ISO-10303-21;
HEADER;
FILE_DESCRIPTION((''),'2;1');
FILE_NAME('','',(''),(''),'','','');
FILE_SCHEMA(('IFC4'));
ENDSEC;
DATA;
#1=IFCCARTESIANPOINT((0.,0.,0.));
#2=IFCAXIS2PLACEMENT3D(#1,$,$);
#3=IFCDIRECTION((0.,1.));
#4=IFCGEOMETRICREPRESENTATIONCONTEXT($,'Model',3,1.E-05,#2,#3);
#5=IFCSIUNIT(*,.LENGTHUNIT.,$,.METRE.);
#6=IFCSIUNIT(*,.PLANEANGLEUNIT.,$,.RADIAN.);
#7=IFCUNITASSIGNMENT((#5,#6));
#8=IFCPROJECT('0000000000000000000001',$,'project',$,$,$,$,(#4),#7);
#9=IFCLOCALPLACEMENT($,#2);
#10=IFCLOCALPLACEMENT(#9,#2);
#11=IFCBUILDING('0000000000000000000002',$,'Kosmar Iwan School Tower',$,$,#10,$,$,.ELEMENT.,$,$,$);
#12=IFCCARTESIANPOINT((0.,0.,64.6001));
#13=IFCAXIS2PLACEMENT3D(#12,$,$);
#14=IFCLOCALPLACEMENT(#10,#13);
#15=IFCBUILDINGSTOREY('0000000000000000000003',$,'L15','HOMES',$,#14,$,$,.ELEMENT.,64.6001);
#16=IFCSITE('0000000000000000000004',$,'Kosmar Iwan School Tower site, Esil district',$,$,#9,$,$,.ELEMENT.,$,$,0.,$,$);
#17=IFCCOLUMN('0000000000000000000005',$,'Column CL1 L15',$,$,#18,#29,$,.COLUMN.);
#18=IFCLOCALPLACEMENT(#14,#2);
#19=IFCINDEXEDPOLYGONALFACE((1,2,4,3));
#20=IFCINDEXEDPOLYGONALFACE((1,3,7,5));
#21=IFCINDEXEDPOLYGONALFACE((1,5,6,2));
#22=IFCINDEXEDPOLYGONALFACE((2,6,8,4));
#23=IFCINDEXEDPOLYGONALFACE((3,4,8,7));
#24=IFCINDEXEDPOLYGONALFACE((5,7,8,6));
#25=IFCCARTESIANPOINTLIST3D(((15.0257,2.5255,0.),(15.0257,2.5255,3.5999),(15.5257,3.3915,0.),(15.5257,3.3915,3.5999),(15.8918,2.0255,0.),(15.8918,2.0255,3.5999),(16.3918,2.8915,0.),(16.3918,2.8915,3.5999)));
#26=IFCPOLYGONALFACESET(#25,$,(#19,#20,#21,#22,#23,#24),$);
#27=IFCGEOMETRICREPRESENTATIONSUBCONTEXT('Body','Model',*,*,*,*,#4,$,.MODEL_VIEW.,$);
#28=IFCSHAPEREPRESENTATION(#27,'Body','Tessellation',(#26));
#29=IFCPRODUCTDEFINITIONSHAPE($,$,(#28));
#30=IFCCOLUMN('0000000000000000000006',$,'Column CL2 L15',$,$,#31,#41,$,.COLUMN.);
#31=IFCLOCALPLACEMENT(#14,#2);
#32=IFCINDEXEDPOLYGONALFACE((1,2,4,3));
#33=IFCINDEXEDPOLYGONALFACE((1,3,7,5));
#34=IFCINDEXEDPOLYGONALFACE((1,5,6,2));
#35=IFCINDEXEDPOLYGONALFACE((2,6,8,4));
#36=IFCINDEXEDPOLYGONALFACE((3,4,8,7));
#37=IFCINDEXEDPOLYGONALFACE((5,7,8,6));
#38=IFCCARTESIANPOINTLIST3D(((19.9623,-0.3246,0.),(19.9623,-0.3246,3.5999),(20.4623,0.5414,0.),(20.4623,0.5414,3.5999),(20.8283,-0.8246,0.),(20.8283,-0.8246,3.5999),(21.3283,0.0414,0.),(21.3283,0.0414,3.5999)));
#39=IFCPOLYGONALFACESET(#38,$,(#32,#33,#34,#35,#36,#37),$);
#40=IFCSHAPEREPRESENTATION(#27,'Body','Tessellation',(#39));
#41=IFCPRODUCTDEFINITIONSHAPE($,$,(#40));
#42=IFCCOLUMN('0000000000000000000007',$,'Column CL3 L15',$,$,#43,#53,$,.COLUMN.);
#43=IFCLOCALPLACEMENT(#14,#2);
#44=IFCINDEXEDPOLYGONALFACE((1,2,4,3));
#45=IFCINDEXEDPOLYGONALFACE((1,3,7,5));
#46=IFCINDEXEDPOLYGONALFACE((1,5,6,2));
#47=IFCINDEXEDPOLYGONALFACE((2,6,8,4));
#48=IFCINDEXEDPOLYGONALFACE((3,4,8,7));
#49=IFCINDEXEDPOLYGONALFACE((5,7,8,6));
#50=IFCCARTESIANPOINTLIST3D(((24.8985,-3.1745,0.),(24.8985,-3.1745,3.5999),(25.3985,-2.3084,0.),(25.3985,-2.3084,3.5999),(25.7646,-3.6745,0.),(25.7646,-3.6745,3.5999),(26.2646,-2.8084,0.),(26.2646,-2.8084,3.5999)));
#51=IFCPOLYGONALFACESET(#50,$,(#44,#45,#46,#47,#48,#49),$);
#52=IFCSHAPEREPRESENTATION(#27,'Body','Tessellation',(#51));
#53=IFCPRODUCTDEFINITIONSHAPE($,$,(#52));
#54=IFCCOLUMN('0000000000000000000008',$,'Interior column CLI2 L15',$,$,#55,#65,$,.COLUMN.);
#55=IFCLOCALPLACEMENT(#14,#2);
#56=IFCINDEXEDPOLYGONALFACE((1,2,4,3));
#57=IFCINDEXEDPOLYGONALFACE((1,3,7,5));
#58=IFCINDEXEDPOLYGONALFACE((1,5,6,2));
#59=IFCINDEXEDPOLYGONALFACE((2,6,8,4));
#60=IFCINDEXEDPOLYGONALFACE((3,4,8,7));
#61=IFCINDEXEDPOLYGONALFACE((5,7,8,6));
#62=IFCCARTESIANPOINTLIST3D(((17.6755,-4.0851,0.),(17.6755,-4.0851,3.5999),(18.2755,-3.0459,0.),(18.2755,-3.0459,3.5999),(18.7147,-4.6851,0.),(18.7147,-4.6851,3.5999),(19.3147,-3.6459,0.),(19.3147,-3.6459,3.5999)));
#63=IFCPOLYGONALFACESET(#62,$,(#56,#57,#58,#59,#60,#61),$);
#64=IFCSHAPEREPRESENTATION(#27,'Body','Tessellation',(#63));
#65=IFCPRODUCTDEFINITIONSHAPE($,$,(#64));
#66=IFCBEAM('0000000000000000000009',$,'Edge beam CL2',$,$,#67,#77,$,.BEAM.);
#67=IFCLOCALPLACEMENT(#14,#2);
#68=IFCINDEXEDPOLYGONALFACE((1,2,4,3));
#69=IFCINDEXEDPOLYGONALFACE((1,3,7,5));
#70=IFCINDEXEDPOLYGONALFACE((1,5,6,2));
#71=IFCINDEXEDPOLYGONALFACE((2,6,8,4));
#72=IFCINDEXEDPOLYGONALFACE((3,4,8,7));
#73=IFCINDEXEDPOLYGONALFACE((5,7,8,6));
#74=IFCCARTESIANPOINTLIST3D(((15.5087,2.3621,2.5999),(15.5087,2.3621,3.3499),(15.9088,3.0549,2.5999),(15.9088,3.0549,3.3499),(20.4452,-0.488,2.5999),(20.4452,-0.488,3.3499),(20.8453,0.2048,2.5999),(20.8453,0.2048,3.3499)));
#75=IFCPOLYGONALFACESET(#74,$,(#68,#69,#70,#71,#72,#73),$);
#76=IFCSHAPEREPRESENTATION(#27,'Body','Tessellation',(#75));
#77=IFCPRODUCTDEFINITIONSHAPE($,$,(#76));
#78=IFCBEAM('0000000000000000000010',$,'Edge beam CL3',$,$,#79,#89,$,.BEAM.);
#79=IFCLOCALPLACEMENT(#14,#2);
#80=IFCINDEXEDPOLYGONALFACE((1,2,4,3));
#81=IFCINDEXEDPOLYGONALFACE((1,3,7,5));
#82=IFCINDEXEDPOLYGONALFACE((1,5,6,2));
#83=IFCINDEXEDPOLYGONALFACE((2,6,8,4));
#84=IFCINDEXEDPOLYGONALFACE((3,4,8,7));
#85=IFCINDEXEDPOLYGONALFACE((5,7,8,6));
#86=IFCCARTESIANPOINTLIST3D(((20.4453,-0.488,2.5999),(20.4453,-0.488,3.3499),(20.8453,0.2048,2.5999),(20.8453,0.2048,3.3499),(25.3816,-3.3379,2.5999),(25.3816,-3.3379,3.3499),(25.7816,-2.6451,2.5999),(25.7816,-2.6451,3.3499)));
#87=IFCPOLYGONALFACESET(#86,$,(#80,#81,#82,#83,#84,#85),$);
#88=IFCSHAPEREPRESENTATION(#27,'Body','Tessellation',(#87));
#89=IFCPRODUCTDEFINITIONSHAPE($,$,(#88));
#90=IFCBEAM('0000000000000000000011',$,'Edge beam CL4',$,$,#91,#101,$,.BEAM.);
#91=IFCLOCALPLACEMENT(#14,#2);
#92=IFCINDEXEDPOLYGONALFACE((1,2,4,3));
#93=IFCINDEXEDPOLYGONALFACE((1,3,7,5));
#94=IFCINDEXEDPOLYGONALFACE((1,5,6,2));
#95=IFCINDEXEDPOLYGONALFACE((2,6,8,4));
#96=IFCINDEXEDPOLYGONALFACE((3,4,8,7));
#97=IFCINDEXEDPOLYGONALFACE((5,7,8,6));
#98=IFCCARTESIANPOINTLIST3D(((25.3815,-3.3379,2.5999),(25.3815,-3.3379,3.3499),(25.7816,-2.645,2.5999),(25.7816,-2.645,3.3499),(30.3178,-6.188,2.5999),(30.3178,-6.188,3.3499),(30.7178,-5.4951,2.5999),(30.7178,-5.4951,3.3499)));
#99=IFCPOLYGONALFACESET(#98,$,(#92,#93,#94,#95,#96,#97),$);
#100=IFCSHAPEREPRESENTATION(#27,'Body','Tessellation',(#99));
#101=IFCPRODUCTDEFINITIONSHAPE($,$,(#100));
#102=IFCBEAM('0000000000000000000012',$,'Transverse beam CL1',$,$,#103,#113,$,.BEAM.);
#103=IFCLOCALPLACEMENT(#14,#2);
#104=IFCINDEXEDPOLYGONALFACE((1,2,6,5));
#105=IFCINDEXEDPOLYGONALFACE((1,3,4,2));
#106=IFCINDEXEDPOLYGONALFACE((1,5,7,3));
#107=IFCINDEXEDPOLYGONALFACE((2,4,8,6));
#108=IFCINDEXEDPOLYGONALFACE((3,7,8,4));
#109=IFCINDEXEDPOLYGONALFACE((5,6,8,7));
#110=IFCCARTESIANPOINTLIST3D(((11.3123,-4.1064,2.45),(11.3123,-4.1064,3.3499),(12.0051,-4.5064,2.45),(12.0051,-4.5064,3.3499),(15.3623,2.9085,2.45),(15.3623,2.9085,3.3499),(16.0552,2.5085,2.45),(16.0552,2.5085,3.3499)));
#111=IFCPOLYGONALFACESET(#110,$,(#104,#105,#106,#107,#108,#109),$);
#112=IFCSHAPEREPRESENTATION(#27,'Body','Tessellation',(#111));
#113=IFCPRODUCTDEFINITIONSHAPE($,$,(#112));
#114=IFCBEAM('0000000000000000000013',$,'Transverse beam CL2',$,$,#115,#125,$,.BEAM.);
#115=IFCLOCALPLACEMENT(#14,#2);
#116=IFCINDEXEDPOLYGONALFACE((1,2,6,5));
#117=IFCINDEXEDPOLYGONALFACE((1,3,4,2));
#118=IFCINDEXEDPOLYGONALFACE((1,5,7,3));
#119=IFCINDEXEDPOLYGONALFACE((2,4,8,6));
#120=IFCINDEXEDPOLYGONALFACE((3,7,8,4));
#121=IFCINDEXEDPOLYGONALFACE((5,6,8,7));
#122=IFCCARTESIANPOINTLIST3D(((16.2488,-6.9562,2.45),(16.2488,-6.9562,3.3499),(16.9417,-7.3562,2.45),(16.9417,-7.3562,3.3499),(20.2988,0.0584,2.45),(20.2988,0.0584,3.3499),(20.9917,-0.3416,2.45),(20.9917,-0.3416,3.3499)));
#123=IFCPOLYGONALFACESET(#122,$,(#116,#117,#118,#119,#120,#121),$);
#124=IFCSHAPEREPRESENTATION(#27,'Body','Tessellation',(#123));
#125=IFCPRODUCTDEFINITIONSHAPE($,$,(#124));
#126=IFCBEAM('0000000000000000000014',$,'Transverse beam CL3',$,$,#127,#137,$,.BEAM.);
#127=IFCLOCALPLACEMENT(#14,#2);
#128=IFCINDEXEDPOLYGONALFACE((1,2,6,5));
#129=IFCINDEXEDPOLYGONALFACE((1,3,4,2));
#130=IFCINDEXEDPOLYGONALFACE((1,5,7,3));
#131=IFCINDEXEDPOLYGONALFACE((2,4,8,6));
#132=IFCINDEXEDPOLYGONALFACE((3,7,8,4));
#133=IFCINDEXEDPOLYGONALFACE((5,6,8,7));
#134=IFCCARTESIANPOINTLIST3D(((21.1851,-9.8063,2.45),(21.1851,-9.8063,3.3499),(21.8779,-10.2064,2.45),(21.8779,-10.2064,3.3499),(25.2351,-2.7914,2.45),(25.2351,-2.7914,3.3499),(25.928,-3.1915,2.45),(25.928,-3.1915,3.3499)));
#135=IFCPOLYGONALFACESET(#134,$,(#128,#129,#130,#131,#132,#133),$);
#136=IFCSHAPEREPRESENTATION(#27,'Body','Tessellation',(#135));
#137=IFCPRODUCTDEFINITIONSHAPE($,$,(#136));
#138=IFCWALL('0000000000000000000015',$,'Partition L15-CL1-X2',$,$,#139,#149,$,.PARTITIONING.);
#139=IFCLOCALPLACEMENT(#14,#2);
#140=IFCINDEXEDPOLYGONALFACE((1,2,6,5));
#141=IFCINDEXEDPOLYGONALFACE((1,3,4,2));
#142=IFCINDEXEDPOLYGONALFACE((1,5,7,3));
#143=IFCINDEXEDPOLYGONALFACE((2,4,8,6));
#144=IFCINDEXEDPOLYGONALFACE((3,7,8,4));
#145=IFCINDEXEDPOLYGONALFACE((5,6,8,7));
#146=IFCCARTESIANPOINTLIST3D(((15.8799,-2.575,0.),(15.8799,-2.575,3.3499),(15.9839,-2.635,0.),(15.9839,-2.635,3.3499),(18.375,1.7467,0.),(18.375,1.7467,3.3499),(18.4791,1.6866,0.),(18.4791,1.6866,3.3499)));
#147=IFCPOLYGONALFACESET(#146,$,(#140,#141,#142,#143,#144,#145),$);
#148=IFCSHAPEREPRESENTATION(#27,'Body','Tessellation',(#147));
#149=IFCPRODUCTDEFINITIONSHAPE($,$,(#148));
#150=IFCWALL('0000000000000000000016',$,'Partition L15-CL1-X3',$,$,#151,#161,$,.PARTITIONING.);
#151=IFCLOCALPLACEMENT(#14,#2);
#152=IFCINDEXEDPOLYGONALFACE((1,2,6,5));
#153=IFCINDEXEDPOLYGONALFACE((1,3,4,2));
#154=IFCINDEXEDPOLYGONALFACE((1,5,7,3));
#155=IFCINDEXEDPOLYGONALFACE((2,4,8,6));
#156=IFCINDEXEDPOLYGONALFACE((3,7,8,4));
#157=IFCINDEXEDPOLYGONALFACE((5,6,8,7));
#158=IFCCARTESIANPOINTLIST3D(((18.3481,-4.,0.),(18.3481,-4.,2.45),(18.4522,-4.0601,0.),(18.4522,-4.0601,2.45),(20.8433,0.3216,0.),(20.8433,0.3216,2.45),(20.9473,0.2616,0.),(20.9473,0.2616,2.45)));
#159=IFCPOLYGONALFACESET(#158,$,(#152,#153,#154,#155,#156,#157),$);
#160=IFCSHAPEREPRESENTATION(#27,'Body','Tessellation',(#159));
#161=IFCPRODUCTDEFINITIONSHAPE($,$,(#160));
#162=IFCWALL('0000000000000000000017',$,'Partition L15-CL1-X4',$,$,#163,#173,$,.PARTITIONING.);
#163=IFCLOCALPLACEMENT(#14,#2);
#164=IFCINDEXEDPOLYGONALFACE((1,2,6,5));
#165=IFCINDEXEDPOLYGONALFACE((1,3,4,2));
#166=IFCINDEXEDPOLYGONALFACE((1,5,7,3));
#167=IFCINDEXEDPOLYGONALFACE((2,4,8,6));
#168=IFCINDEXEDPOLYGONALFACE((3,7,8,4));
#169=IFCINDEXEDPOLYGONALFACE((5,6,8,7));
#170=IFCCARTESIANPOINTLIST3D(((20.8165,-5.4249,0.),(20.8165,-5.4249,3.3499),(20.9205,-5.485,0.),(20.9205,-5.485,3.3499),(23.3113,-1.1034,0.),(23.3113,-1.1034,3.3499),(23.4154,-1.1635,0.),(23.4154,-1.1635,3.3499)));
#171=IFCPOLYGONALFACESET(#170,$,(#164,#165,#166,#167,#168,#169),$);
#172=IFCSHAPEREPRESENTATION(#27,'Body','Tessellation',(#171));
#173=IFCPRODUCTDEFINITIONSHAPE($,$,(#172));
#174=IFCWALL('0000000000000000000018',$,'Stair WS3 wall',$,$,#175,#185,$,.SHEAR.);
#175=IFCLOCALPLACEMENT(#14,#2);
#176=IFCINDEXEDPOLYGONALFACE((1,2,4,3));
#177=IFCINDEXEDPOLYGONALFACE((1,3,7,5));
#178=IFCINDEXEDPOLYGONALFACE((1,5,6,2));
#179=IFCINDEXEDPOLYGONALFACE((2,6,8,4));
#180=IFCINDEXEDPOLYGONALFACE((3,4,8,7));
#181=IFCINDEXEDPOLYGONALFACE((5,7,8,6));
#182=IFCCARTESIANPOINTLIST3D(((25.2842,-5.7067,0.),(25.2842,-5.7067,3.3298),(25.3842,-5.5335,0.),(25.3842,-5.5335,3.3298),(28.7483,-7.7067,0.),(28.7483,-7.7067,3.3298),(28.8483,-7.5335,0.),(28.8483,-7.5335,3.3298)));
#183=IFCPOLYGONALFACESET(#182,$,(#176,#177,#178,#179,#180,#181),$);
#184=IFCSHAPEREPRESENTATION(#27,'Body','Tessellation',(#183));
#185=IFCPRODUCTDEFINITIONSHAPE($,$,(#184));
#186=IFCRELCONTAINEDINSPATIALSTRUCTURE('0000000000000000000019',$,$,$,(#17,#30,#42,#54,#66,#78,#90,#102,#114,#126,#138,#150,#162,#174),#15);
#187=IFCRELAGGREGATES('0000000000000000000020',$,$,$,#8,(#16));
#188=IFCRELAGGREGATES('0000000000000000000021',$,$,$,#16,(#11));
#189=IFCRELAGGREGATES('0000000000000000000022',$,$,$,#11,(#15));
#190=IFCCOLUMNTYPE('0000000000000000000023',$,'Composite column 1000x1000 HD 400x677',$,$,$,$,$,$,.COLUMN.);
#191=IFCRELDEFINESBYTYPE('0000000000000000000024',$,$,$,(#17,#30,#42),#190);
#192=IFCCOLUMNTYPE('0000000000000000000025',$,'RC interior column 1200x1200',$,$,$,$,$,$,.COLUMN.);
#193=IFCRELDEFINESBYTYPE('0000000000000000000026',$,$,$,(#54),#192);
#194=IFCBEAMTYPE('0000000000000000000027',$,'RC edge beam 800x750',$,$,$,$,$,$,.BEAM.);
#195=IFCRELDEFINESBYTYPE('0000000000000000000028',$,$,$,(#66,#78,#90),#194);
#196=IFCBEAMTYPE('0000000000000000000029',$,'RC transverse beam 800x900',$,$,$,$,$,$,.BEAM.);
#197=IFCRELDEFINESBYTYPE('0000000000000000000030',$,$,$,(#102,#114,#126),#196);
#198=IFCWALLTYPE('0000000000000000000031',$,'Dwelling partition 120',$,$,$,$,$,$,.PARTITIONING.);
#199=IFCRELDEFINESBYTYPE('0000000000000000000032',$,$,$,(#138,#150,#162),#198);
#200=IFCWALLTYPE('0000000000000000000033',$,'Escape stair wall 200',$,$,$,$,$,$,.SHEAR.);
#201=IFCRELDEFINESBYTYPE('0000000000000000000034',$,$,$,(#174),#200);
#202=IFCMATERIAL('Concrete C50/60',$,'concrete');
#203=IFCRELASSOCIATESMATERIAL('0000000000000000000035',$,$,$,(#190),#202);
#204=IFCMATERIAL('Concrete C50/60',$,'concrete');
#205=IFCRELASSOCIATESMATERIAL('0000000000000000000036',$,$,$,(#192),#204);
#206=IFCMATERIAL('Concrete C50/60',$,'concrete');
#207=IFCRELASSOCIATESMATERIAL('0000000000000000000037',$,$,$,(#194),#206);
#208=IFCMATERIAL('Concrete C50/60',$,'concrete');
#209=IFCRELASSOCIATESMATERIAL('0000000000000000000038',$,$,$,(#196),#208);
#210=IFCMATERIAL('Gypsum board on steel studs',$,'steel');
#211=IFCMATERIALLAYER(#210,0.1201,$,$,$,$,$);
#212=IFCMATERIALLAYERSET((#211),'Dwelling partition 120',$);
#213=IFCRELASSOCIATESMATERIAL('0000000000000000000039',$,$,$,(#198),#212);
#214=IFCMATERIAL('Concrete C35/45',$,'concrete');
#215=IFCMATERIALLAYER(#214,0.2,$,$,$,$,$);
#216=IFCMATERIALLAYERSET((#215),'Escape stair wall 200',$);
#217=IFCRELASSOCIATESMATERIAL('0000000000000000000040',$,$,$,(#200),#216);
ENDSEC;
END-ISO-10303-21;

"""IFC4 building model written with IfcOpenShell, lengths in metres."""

from ifc_helpers import new_model, si_unit, direction, frame, frame_2d, origin, origin_2d, place, context, subcontext, project, spatial, rectangle, extrude, material, layer, layer_set, material_profile, profile_set, type_object, element, save


model = new_model("IFC4")

# Units and contexts
model_context = context("Model", 3, precision=1e-05, world=origin(), true_north=direction((0.0, 1.0)))
body_context = subcontext(model_context, "Body", "Model", "MODEL_VIEW")
ifc_project = project(units=[si_unit("LENGTHUNIT", "METRE"), si_unit("PLANEANGLEUNIT", "RADIAN")], contexts=[model_context])

# Site, building, storey
site_placement = place(None, origin())
site = spatial("IfcSite", under=ifc_project, at=site_placement, Name="Kosmar Iwan School Tower site, Esil district", CompositionType="ELEMENT", RefElevation=0.0)
building_placement = place(site_placement, origin())
building = spatial("IfcBuilding", under=site, at=building_placement, Name="Kosmar Iwan School Tower", CompositionType="ELEMENT")
storey_placement = place(building_placement, frame((0.0, 0.0, 64.6001)))
storey = spatial("IfcBuildingStorey", under=building, at=storey_placement, Name="L15", Description="HOMES", CompositionType="ELEMENT", Elevation=64.6001)

# Columns
ifc_material_1 = material(Name="Concrete C50/60", Category="concrete")
ifc_material_profile_1 = material_profile(ifc_material_1, rectangle(XDim=1.0, YDim=1.0, at=origin_2d()), Name="RC 1000x1000 + HD 400x677")
ifc_profile_set_1 = profile_set([ifc_material_profile_1], Name="Concrete C50/60")
column_type_1 = type_object("IfcColumnType", Name="Composite column 1000x1000 HD 400x677", PredefinedType="COLUMN", material=ifc_profile_set_1)
for number, where, z_axis, x_axis, name in (
    (1, (15.7087, 2.7085, 0.0), (0.0, 0.0, 1.0), (0.866025, -0.5, 0.0), "Column CL1 L15"),
    (2, (20.6453, -0.1416, 0.0), (0.0, 0.0, 1.0), (0.866025, -0.5, 0.0), "Column CL2 L15"),
    (3, (25.5815, -2.9915, 0.0), (0.0, 0.0, 1.0), (0.866025, -0.5, 0.0), "Column CL3 L15"),
):
    element("IfcColumn", number, at=place(storey_placement, frame(where, z_axis=z_axis, x_axis=x_axis)), inside=storey, type_object=column_type_1, Name=name, PredefinedType="COLUMN", context=body_context, shape_type="SweptSolid", body=[
        extrude(rectangle(XDim=1.0, YDim=1.0, at=origin_2d()), origin(), (0.0, 0.0, 1.0), 3.5999),
    ])
ifc_material_2 = material(Name="Concrete C50/60", Category="concrete")
ifc_material_profile_2 = material_profile(ifc_material_2, rectangle(XDim=1.2, YDim=1.2, at=origin_2d()), Name="RC 1200x1200")
ifc_profile_set_2 = profile_set([ifc_material_profile_2], Name="Concrete C50/60")
column_type_2 = type_object("IfcColumnType", Name="RC interior column 1200x1200", PredefinedType="COLUMN", material=ifc_profile_set_2)
column_placement = place(storey_placement, frame((18.4951, -3.8655, 0.0), z_axis=(0.0, 0.0, 1.0), x_axis=(0.866025, -0.5, 0.0)))
element("IfcColumn", 4, at=column_placement, inside=storey, type_object=column_type_2, Name="Interior column CLI2 L15", PredefinedType="COLUMN", context=body_context, shape_type="SweptSolid", body=[
    extrude(rectangle(XDim=1.2, YDim=1.2, at=origin_2d()), origin(), (0.0, 0.0, 1.0), 3.5999),
])

# Beams
ifc_material_3 = material(Name="Concrete C50/60", Category="concrete")
ifc_material_profile_3 = material_profile(ifc_material_3, rectangle(XDim=0.8, YDim=0.75, at=origin_2d()), Name="RC 800x750")
ifc_profile_set_3 = profile_set([ifc_material_profile_3], Name="Concrete C50/60")
beam_type_1 = type_object("IfcBeamType", Name="RC edge beam 800x750", PredefinedType="BEAM", material=ifc_profile_set_3)
beam_1_placement = place(storey_placement, frame((15.7087, 2.7085, 2.9749), z_axis=(0.866026, -0.499999, 0.0), x_axis=(0.499999, 0.866026, 0.0)))
element("IfcBeam", 5, at=beam_1_placement, inside=storey, type_object=beam_type_1, Name="Edge beam CL2", PredefinedType="BEAM", context=body_context, shape_type="SweptSolid", body=[
    extrude(rectangle(XDim=0.8, YDim=0.75, at=origin_2d()), origin(), (0.0, 0.0, 1.0), 5.7002),
])
for number, where, z_axis, x_axis, name in (
    (6, (20.6453, -0.1416, 2.9749), (0.866034, -0.499986, 0.0), (0.499986, 0.866034, 0.0), "Edge beam CL3"),
    (7, (25.5815, -2.9915, 2.9749), (0.866015, -0.500018, 0.0), (0.500018, 0.866015, 0.0), "Edge beam CL4"),
):
    element("IfcBeam", number, at=place(storey_placement, frame(where, z_axis=z_axis, x_axis=x_axis)), inside=storey, type_object=beam_type_1, Name=name, PredefinedType="BEAM", context=body_context, shape_type="SweptSolid", body=[
        extrude(rectangle(XDim=0.8, YDim=0.75, at=origin_2d()), origin(), (0.0, 0.0, 1.0), 5.7),
    ])
ifc_material_4 = material(Name="Concrete C50/60", Category="concrete")
ifc_material_profile_4 = material_profile(ifc_material_4, rectangle(XDim=0.8, YDim=0.8999, at=origin_2d()), Name="RC 800x900")
ifc_profile_set_4 = profile_set([ifc_material_profile_4], Name="Concrete C50/60")
beam_type_2 = type_object("IfcBeamType", Name="RC transverse beam 800x900", PredefinedType="BEAM", material=ifc_profile_set_4)
beam_2_placement = place(storey_placement, frame((15.7087, 2.7085, 2.8999), z_axis=(-0.5, -0.866025, 0.0), x_axis=(0.866025, -0.5, 0.0)))
element("IfcBeam", 8, at=beam_2_placement, inside=storey, type_object=beam_type_2, Name="Transverse beam CL1", PredefinedType="BEAM", context=body_context, shape_type="SweptSolid", body=[
    extrude(rectangle(XDim=0.8, YDim=0.8999, at=origin_2d()), origin(), (0.0, 0.0, 1.0), 8.1001),
])
beam_3_placement = place(storey_placement, frame((20.6453, -0.1416, 2.8999), z_axis=(-0.500013, -0.866018, 0.0), x_axis=(0.866018, -0.500013, 0.0)))
element("IfcBeam", 9, at=beam_3_placement, inside=storey, type_object=beam_type_2, Name="Transverse beam CL2", PredefinedType="BEAM", context=body_context, shape_type="SweptSolid", body=[
    extrude(rectangle(XDim=0.8, YDim=0.8999, at=origin_2d()), origin(), (0.0, 0.0, 1.0), 8.0999),
])
beam_4_placement = place(storey_placement, frame((25.5815, -2.9915, 2.8999), z_axis=(-0.5, -0.866025, 0.0), x_axis=(0.866025, -0.5, 0.0)))
element("IfcBeam", 10, at=beam_4_placement, inside=storey, type_object=beam_type_2, Name="Transverse beam CL3", PredefinedType="BEAM", context=body_context, shape_type="SweptSolid", body=[
    extrude(rectangle(XDim=0.8, YDim=0.8999, at=origin_2d()), origin(), (0.0, 0.0, 1.0), 8.1001),
])

# Walls
ifc_material_5 = material(Name="Gypsum board on steel studs", Category="steel")
ifc_layer_1 = layer(ifc_material_5, 0.1201)
ifc_layer_set_1 = layer_set([ifc_layer_1], Name="Dwelling partition 120")
wall_type_1 = type_object("IfcWallType", Name="Dwelling partition 120", PredefinedType="PARTITIONING", material=ifc_layer_set_1)
wall_1_placement = place(storey_placement, frame((15.9319, -2.605, 0.0), z_axis=(0.0, 0.0, 1.0), x_axis=(0.500012, 0.866019, 0.0)))
element("IfcWall", 11, at=wall_1_placement, inside=storey, type_object=wall_type_1, Name="Partition L15-CL1-X2", PredefinedType="PARTITIONING", context=body_context, shape_type="SweptSolid", body=[
    extrude(rectangle(XDim=4.9902, YDim=0.1201, at=frame_2d((2.4951, 0.0))), origin(), (0.0, 0.0, 1.0), 3.3499),
])
wall_2_placement = place(storey_placement, frame((18.4001, -4.03, 0.0), z_axis=(0.0, 0.0, 1.0), x_axis=(0.500012, 0.866019, 0.0)))
element("IfcWall", 12, at=wall_2_placement, inside=storey, type_object=wall_type_1, Name="Partition L15-CL1-X3", PredefinedType="PARTITIONING", context=body_context, shape_type="SweptSolid", body=[
    extrude(rectangle(XDim=4.9902, YDim=0.1201, at=frame_2d((2.4951, 0.0))), origin(), (0.0, 0.0, 1.0), 2.45),
])
wall_3_placement = place(storey_placement, frame((20.8684, -5.4551, 0.0), z_axis=(0.0, 0.0, 1.0), x_axis=(0.499975, 0.86604, 0.0)))
element("IfcWall", 13, at=wall_3_placement, inside=storey, type_object=wall_type_1, Name="Partition L15-CL1-X4", PredefinedType="PARTITIONING", context=body_context, shape_type="SweptSolid", body=[
    extrude(rectangle(XDim=4.99, YDim=0.1201, at=frame_2d((2.4951, 0.0))), origin(), (0.0, 0.0, 1.0), 3.3499),
])
ifc_material_6 = material(Name="Concrete C35/45", Category="concrete")
ifc_layer_2 = layer(ifc_material_6, 0.2)
ifc_layer_set_2 = layer_set([ifc_layer_2], Name="Escape stair wall 200")
wall_type_2 = type_object("IfcWallType", Name="Escape stair wall 200", PredefinedType="SHEAR", material=ifc_layer_set_2)
wall_4_placement = place(storey_placement, frame((25.3342, -5.6201, 0.0), z_axis=(0.0, 0.0, 1.0), x_axis=(0.866026, -0.499999, 0.0)))
element("IfcWall", 14, at=wall_4_placement, inside=storey, type_object=wall_type_2, Name="Stair WS3 wall", PredefinedType="SHEAR", context=body_context, shape_type="SweptSolid", body=[
    extrude(rectangle(XDim=4.0, YDim=0.2, at=frame_2d((2.0, 0.0))), origin(), (0.0, 0.0, 1.0), 3.3298),
])

save(model, "model.ifc")
